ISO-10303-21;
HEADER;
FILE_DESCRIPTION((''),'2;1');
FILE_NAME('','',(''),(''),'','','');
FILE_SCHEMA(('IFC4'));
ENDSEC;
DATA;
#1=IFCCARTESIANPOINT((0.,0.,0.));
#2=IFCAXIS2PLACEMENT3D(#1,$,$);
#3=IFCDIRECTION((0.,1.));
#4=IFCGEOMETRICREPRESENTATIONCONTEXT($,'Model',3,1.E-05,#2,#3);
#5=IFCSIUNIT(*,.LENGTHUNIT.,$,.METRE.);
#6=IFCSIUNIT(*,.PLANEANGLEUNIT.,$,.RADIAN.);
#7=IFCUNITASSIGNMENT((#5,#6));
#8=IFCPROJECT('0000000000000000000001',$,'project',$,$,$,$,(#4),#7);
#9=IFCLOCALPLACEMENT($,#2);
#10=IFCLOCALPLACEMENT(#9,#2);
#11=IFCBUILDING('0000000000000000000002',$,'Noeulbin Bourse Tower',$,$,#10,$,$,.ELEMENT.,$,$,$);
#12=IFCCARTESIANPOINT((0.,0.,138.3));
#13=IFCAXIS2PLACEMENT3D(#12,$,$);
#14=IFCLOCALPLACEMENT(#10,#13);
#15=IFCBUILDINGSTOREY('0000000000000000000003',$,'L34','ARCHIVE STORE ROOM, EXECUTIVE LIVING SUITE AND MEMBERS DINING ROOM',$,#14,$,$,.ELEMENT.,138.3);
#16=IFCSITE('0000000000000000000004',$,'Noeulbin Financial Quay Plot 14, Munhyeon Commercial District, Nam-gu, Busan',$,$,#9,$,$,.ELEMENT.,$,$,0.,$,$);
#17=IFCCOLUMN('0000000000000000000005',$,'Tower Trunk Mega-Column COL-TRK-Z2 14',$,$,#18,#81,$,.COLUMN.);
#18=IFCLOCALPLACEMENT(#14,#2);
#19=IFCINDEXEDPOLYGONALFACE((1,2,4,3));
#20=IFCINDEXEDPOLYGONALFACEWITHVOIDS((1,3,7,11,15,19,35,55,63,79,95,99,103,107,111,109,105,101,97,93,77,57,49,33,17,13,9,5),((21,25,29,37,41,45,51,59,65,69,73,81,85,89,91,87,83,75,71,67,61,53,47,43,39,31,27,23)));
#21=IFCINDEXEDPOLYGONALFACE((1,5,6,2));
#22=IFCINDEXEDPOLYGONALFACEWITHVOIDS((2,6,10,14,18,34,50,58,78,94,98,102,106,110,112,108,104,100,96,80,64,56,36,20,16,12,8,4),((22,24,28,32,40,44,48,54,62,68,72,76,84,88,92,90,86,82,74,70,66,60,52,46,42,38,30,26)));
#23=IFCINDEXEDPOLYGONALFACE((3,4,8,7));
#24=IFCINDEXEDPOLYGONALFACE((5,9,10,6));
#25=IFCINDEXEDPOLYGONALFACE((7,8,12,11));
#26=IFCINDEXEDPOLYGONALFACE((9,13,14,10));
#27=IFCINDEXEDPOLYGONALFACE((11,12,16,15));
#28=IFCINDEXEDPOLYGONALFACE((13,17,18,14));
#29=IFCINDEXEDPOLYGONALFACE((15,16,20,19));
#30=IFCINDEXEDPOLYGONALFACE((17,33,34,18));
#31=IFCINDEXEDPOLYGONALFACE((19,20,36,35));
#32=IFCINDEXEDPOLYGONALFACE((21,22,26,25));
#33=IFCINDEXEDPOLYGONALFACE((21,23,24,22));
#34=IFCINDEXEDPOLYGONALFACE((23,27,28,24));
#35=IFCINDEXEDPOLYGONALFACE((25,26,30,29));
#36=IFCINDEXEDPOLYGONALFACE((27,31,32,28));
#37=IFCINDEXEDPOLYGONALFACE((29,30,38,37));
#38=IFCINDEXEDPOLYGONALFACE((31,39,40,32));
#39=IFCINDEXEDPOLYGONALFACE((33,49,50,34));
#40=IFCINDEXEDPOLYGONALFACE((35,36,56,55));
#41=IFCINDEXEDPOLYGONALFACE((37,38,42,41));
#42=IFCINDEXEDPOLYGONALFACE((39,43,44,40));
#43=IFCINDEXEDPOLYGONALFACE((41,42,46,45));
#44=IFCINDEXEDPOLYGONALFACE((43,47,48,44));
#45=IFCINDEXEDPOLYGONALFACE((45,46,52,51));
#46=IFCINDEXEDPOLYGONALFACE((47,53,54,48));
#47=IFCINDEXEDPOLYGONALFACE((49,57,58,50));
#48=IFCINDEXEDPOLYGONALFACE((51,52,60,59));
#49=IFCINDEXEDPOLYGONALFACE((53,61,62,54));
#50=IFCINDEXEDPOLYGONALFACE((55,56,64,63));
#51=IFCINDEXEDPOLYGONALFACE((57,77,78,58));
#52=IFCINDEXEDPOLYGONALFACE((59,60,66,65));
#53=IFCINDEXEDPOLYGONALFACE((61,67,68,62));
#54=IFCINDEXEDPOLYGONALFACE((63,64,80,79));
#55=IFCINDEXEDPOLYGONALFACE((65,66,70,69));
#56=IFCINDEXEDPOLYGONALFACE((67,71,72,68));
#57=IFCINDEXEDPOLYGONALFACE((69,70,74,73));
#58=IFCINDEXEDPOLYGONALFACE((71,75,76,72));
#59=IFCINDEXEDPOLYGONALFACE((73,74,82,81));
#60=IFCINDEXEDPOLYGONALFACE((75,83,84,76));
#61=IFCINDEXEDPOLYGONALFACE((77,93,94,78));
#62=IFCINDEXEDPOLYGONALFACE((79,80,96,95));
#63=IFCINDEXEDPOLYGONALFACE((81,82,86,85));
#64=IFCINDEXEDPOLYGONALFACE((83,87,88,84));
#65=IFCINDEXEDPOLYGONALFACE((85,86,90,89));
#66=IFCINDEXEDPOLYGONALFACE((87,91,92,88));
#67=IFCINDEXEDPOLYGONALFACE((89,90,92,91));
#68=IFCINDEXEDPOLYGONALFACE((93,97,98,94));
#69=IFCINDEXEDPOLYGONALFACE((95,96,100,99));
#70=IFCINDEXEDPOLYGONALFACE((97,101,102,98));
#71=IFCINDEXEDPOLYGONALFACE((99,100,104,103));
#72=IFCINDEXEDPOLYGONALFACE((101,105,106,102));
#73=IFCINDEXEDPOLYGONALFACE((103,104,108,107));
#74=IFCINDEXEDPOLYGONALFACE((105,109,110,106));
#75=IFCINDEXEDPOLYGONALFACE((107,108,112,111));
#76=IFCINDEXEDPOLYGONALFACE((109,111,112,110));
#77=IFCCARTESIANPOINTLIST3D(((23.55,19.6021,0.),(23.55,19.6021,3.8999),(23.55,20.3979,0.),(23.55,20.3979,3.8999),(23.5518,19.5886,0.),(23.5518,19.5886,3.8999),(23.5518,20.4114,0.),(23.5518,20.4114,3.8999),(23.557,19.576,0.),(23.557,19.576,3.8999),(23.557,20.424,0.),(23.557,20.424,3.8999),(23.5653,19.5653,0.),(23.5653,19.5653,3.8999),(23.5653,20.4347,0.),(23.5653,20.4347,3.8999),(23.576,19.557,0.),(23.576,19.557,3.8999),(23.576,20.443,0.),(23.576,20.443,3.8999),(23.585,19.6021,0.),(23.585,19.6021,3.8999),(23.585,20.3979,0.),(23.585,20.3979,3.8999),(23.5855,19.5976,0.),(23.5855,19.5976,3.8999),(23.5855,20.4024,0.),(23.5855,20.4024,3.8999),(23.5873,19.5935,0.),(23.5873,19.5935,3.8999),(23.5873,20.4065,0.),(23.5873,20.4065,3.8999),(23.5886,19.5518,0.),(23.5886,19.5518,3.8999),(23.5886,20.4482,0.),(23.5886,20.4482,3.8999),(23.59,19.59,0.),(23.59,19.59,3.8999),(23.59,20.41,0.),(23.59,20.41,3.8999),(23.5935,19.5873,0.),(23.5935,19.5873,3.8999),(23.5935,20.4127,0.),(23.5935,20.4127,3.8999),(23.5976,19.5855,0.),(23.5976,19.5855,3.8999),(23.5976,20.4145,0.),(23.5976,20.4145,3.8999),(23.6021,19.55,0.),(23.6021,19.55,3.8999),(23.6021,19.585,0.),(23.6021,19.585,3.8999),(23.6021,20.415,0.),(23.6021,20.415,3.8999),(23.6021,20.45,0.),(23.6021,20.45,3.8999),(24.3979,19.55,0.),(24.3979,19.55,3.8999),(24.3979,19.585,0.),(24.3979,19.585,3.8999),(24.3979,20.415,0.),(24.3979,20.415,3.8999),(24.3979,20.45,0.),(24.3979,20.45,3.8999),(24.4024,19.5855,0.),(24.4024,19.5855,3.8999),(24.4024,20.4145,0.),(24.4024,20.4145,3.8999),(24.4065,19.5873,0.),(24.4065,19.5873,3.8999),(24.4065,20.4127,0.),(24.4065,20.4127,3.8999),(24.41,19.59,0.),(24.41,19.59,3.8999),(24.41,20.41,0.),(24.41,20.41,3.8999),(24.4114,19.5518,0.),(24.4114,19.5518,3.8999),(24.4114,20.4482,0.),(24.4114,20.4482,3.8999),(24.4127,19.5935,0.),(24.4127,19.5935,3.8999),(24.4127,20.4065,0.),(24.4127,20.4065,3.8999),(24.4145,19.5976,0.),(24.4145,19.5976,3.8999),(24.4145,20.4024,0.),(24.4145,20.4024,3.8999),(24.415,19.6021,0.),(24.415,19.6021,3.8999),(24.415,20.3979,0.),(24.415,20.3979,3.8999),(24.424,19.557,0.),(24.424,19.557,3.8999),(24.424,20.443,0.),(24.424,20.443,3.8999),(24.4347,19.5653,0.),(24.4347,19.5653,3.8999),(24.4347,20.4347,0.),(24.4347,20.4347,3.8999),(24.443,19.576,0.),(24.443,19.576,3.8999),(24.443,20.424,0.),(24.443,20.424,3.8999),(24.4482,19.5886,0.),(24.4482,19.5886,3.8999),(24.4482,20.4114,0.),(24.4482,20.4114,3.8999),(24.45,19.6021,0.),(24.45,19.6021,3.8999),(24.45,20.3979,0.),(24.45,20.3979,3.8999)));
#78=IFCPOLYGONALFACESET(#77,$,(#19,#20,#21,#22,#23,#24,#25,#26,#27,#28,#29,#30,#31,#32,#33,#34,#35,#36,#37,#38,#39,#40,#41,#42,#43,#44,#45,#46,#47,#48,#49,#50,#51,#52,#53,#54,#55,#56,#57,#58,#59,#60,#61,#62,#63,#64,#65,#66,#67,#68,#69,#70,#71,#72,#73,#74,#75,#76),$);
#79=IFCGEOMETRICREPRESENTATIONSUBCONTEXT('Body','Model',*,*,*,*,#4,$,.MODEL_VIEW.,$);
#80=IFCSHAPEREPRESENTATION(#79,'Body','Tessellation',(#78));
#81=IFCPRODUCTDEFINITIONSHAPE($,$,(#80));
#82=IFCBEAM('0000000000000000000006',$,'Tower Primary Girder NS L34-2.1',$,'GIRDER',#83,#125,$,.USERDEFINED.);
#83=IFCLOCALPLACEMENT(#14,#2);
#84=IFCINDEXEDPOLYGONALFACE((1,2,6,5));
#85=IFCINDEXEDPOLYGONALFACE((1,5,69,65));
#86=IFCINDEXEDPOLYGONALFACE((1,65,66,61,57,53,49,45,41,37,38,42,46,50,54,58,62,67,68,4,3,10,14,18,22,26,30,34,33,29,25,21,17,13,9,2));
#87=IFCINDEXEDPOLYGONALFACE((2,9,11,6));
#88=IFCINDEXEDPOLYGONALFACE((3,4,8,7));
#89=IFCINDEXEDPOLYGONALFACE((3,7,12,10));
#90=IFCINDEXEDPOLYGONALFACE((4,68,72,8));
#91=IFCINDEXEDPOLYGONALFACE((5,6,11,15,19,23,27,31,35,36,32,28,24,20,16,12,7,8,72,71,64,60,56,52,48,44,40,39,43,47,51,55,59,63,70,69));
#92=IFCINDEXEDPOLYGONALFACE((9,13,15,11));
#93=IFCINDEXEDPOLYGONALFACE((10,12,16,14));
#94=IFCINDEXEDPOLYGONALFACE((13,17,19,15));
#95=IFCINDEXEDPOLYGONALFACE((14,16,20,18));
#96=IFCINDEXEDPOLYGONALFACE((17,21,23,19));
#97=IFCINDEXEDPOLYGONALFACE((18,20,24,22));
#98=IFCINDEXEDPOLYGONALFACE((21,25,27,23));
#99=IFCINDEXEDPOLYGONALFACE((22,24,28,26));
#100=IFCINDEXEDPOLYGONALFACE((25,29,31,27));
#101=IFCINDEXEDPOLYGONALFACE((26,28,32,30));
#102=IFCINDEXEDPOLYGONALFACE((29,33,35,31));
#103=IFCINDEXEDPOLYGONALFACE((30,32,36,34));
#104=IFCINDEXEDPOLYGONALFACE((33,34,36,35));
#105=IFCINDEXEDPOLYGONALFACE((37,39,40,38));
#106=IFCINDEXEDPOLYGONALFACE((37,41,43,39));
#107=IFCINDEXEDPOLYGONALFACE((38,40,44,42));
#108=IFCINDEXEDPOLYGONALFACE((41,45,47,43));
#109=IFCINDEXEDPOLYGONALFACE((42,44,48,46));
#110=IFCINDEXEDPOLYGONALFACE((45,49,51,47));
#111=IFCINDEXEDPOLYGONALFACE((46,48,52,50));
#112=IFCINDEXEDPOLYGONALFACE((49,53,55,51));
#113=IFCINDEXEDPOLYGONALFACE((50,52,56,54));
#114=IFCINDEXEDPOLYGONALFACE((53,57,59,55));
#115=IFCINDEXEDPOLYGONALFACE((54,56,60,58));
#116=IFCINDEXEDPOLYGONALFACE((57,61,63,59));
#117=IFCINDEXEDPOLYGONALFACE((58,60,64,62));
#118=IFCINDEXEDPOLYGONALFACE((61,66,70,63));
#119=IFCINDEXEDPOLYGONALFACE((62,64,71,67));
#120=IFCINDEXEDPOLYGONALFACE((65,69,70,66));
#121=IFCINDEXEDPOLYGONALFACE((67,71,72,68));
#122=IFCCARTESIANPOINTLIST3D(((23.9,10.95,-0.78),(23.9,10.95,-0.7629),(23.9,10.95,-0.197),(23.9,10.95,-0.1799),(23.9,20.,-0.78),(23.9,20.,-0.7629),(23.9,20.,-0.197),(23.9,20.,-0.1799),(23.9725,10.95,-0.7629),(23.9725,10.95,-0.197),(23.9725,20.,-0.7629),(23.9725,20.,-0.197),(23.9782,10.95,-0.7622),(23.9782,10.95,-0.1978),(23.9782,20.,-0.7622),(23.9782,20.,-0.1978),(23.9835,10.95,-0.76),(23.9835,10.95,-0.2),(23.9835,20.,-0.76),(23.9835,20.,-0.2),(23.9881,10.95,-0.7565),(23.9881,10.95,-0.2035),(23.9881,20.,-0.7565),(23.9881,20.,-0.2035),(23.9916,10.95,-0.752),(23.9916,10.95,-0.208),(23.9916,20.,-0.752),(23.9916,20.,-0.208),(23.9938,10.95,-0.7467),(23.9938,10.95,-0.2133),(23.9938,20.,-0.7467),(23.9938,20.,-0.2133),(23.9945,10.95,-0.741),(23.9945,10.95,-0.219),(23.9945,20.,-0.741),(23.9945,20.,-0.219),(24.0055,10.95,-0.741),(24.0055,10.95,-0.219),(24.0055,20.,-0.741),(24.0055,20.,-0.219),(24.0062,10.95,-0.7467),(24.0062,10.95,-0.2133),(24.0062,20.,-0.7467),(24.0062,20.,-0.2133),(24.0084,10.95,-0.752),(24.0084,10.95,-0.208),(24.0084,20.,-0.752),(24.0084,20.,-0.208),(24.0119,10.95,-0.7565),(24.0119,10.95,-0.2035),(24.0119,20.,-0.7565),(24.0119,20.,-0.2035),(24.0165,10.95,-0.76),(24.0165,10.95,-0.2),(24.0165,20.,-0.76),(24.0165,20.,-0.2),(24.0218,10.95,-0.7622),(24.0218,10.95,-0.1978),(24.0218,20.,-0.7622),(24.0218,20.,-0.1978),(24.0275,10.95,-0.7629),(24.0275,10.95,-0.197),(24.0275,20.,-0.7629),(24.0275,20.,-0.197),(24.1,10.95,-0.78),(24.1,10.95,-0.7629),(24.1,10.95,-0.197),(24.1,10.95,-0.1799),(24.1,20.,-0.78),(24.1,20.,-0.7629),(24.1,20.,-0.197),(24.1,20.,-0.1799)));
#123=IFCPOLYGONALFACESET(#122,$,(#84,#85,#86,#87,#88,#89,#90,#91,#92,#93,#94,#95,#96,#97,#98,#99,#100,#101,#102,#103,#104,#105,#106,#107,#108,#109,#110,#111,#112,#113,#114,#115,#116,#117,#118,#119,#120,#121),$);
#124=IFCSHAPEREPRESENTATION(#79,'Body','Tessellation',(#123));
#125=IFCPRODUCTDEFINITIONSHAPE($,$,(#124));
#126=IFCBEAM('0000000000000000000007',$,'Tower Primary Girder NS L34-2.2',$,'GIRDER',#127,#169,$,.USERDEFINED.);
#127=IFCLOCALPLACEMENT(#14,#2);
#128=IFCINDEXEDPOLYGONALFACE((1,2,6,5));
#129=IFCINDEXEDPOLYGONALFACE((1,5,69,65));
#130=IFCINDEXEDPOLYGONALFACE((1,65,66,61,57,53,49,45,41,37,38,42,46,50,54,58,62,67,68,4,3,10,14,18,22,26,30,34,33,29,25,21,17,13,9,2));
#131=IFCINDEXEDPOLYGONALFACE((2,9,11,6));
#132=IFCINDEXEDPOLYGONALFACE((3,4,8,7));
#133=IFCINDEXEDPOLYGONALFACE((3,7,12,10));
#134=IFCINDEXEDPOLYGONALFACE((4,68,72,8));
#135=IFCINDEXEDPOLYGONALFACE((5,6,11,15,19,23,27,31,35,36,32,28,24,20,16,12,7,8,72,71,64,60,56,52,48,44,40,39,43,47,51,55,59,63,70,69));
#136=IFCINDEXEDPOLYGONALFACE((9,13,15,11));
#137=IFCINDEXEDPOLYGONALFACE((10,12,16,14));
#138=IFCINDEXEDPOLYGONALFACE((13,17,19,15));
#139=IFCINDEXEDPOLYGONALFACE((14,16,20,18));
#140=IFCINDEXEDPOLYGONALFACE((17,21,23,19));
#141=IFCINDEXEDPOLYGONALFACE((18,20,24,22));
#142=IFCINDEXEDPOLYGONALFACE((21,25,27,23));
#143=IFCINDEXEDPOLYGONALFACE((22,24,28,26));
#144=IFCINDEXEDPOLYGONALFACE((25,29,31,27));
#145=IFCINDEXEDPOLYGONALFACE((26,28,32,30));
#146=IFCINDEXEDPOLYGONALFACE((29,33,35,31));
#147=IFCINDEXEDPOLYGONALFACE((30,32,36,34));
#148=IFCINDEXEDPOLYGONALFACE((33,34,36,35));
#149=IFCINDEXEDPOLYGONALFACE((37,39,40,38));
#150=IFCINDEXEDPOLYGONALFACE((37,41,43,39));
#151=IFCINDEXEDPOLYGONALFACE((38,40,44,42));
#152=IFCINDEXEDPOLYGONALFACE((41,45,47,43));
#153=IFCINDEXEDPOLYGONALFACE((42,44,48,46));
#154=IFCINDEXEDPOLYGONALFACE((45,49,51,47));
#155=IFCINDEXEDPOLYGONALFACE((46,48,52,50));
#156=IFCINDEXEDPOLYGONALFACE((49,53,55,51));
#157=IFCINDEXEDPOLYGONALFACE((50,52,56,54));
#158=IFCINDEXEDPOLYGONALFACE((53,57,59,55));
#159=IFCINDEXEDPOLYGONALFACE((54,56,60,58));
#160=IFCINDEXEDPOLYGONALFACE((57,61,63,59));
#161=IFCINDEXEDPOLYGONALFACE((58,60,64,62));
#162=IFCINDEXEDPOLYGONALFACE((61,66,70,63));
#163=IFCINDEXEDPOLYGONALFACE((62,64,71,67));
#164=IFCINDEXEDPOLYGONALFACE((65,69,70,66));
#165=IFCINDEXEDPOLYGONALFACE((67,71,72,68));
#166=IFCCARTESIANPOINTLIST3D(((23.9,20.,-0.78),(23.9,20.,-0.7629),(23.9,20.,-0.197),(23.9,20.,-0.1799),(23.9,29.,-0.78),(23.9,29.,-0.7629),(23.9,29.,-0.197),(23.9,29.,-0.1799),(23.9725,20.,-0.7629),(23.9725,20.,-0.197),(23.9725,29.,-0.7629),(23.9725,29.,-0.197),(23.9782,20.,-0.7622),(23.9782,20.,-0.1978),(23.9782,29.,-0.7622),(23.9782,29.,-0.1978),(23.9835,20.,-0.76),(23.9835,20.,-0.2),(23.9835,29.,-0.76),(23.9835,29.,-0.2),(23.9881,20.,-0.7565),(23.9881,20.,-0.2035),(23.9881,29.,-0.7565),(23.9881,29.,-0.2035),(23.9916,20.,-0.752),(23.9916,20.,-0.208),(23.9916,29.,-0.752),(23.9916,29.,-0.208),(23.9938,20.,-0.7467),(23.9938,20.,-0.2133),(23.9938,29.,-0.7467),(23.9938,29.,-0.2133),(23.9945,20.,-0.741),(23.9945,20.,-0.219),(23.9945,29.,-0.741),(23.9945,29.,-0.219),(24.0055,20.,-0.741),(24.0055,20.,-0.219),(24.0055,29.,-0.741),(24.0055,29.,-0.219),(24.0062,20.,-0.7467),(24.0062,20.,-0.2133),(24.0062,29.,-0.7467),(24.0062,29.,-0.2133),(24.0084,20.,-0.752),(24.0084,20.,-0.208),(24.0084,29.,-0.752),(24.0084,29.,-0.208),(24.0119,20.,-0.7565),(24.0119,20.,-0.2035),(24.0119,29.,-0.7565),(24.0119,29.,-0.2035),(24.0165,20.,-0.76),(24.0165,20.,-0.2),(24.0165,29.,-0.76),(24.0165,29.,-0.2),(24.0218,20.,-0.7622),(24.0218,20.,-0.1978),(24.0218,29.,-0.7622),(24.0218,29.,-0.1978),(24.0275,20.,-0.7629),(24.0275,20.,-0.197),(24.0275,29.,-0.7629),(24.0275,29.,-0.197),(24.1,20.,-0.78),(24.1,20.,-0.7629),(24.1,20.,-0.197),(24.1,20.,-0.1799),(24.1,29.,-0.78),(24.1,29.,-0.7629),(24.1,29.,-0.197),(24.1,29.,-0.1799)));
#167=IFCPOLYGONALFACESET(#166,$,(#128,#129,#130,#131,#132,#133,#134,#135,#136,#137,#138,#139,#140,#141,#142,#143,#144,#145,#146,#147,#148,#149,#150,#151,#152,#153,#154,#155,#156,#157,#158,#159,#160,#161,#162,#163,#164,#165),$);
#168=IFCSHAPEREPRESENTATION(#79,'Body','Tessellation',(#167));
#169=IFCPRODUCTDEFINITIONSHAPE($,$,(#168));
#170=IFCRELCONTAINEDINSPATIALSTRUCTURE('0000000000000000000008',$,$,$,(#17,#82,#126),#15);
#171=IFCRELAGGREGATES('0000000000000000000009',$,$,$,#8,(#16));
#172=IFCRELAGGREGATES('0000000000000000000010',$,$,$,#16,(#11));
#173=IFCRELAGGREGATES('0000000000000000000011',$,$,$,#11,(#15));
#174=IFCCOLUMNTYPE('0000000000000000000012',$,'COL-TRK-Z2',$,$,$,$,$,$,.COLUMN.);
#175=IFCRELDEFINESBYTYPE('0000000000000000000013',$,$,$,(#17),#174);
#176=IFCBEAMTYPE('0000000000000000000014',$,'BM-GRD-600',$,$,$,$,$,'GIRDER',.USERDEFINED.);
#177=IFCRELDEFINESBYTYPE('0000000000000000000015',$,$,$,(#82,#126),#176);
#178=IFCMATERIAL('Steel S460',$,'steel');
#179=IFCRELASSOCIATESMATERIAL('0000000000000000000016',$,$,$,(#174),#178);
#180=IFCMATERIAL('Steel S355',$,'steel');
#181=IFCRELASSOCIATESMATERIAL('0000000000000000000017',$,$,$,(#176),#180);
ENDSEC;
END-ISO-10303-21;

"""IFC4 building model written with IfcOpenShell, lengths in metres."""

from ifc_helpers import new_model, si_unit, direction, frame, origin, origin_2d, place, context, subcontext, project, spatial, hollow_rectangle, i_section, extrude, material, material_profile, profile_set, type_object, element, save


model = new_model("IFC4")

# Units and contexts
model_context = context("Model", 3, precision=1e-05, world=origin(), true_north=direction((0.0, 1.0)))
body_context = subcontext(model_context, "Body", "Model", "MODEL_VIEW")
ifc_project = project(units=[si_unit("LENGTHUNIT", "METRE"), si_unit("PLANEANGLEUNIT", "RADIAN")], contexts=[model_context])

# Site, building, storey
site_placement = place(None, origin())
site = spatial("IfcSite", under=ifc_project, at=site_placement, Name="Noeulbin Financial Quay Plot 14, Munhyeon Commercial District, Nam-gu, Busan", CompositionType="ELEMENT", RefElevation=0.0)
building_placement = place(site_placement, origin())
building = spatial("IfcBuilding", under=site, at=building_placement, Name="Noeulbin Bourse Tower", CompositionType="ELEMENT")
storey_placement = place(building_placement, frame((0.0, 0.0, 138.3)))
storey = spatial("IfcBuildingStorey", under=building, at=storey_placement, Name="L34", Description="ARCHIVE STORE ROOM, EXECUTIVE LIVING SUITE AND MEMBERS DINING ROOM", CompositionType="ELEMENT", Elevation=138.3)

# Column
ifc_material_1 = material(Name="Steel S460", Category="steel")
ifc_material_profile_1 = material_profile(ifc_material_1, hollow_rectangle(XDim=0.8999, YDim=0.8999, WallThickness=0.0349, InnerFilletRadius=0.0171, OuterFilletRadius=0.052, at=origin_2d()), Name="BOX-900x900x35", Category="LoadBearing")
ifc_profile_set_1 = profile_set([ifc_material_profile_1], Name="Steel S460")
column_type = type_object("IfcColumnType", Name="COL-TRK-Z2", PredefinedType="COLUMN", material=ifc_profile_set_1)
column_placement = place(storey_placement, frame((24.0, 20.0, 0.0), z_axis=(0.0, 0.0, 1.0), x_axis=(1.0, 0.0, 0.0)))
element("IfcColumn", 1, at=column_placement, inside=storey, type_object=column_type, Name="Tower Trunk Mega-Column COL-TRK-Z2 14", PredefinedType="COLUMN", context=body_context, shape_type="SweptSolid", body=[
    extrude(hollow_rectangle(XDim=0.8999, YDim=0.8999, WallThickness=0.0349, InnerFilletRadius=0.0171, OuterFilletRadius=0.052, at=origin_2d()), origin(), (0.0, 0.0, 1.0), 3.8999),
])

# Beams
ifc_material_2 = material(Name="Steel S355", Category="steel")
ifc_material_profile_2 = material_profile(ifc_material_2, i_section(OverallWidth=0.2, OverallDepth=0.6001, WebThickness=0.011, FlangeThickness=0.0171, FilletRadius=0.022, at=origin_2d()), Name="H-600x200x11x17", Category="LoadBearing")
ifc_profile_set_2 = profile_set([ifc_material_profile_2], Name="Steel S355")
beam_type_1 = type_object("IfcBeamType", Name="BM-GRD-600", ElementType="GIRDER", PredefinedType="USERDEFINED", material=ifc_profile_set_2)
beam_1_placement = place(storey_placement, frame((24.0, 10.95, -0.48), z_axis=(0.0, 1.0, 0.0), x_axis=(-1.0, 0.0, 0.0)))
element("IfcBeam", 2, at=beam_1_placement, inside=storey, type_object=beam_type_1, Name="Tower Primary Girder NS L34-2.1", ObjectType="GIRDER", PredefinedType="USERDEFINED", context=body_context, shape_type="SweptSolid", body=[
    extrude(i_section(OverallWidth=0.2, OverallDepth=0.6001, WebThickness=0.011, FlangeThickness=0.0171, FilletRadius=0.022, at=origin_2d()), origin(), (0.0, 0.0, 1.0), 9.05),
])
beam_2_placement = place(storey_placement, frame((24.0, 20.0, -0.48), z_axis=(0.0, 1.0, 0.0), x_axis=(-1.0, 0.0, 0.0)))
element("IfcBeam", 3, at=beam_2_placement, inside=storey, type_object=beam_type_1, Name="Tower Primary Girder NS L34-2.2", ObjectType="GIRDER", PredefinedType="USERDEFINED", context=body_context, shape_type="SweptSolid", body=[
    extrude(i_section(OverallWidth=0.2, OverallDepth=0.6001, WebThickness=0.011, FlangeThickness=0.0171, FilletRadius=0.022, at=origin_2d()), origin(), (0.0, 0.0, 1.0), 9.0),
])

save(model, "model.ifc")
